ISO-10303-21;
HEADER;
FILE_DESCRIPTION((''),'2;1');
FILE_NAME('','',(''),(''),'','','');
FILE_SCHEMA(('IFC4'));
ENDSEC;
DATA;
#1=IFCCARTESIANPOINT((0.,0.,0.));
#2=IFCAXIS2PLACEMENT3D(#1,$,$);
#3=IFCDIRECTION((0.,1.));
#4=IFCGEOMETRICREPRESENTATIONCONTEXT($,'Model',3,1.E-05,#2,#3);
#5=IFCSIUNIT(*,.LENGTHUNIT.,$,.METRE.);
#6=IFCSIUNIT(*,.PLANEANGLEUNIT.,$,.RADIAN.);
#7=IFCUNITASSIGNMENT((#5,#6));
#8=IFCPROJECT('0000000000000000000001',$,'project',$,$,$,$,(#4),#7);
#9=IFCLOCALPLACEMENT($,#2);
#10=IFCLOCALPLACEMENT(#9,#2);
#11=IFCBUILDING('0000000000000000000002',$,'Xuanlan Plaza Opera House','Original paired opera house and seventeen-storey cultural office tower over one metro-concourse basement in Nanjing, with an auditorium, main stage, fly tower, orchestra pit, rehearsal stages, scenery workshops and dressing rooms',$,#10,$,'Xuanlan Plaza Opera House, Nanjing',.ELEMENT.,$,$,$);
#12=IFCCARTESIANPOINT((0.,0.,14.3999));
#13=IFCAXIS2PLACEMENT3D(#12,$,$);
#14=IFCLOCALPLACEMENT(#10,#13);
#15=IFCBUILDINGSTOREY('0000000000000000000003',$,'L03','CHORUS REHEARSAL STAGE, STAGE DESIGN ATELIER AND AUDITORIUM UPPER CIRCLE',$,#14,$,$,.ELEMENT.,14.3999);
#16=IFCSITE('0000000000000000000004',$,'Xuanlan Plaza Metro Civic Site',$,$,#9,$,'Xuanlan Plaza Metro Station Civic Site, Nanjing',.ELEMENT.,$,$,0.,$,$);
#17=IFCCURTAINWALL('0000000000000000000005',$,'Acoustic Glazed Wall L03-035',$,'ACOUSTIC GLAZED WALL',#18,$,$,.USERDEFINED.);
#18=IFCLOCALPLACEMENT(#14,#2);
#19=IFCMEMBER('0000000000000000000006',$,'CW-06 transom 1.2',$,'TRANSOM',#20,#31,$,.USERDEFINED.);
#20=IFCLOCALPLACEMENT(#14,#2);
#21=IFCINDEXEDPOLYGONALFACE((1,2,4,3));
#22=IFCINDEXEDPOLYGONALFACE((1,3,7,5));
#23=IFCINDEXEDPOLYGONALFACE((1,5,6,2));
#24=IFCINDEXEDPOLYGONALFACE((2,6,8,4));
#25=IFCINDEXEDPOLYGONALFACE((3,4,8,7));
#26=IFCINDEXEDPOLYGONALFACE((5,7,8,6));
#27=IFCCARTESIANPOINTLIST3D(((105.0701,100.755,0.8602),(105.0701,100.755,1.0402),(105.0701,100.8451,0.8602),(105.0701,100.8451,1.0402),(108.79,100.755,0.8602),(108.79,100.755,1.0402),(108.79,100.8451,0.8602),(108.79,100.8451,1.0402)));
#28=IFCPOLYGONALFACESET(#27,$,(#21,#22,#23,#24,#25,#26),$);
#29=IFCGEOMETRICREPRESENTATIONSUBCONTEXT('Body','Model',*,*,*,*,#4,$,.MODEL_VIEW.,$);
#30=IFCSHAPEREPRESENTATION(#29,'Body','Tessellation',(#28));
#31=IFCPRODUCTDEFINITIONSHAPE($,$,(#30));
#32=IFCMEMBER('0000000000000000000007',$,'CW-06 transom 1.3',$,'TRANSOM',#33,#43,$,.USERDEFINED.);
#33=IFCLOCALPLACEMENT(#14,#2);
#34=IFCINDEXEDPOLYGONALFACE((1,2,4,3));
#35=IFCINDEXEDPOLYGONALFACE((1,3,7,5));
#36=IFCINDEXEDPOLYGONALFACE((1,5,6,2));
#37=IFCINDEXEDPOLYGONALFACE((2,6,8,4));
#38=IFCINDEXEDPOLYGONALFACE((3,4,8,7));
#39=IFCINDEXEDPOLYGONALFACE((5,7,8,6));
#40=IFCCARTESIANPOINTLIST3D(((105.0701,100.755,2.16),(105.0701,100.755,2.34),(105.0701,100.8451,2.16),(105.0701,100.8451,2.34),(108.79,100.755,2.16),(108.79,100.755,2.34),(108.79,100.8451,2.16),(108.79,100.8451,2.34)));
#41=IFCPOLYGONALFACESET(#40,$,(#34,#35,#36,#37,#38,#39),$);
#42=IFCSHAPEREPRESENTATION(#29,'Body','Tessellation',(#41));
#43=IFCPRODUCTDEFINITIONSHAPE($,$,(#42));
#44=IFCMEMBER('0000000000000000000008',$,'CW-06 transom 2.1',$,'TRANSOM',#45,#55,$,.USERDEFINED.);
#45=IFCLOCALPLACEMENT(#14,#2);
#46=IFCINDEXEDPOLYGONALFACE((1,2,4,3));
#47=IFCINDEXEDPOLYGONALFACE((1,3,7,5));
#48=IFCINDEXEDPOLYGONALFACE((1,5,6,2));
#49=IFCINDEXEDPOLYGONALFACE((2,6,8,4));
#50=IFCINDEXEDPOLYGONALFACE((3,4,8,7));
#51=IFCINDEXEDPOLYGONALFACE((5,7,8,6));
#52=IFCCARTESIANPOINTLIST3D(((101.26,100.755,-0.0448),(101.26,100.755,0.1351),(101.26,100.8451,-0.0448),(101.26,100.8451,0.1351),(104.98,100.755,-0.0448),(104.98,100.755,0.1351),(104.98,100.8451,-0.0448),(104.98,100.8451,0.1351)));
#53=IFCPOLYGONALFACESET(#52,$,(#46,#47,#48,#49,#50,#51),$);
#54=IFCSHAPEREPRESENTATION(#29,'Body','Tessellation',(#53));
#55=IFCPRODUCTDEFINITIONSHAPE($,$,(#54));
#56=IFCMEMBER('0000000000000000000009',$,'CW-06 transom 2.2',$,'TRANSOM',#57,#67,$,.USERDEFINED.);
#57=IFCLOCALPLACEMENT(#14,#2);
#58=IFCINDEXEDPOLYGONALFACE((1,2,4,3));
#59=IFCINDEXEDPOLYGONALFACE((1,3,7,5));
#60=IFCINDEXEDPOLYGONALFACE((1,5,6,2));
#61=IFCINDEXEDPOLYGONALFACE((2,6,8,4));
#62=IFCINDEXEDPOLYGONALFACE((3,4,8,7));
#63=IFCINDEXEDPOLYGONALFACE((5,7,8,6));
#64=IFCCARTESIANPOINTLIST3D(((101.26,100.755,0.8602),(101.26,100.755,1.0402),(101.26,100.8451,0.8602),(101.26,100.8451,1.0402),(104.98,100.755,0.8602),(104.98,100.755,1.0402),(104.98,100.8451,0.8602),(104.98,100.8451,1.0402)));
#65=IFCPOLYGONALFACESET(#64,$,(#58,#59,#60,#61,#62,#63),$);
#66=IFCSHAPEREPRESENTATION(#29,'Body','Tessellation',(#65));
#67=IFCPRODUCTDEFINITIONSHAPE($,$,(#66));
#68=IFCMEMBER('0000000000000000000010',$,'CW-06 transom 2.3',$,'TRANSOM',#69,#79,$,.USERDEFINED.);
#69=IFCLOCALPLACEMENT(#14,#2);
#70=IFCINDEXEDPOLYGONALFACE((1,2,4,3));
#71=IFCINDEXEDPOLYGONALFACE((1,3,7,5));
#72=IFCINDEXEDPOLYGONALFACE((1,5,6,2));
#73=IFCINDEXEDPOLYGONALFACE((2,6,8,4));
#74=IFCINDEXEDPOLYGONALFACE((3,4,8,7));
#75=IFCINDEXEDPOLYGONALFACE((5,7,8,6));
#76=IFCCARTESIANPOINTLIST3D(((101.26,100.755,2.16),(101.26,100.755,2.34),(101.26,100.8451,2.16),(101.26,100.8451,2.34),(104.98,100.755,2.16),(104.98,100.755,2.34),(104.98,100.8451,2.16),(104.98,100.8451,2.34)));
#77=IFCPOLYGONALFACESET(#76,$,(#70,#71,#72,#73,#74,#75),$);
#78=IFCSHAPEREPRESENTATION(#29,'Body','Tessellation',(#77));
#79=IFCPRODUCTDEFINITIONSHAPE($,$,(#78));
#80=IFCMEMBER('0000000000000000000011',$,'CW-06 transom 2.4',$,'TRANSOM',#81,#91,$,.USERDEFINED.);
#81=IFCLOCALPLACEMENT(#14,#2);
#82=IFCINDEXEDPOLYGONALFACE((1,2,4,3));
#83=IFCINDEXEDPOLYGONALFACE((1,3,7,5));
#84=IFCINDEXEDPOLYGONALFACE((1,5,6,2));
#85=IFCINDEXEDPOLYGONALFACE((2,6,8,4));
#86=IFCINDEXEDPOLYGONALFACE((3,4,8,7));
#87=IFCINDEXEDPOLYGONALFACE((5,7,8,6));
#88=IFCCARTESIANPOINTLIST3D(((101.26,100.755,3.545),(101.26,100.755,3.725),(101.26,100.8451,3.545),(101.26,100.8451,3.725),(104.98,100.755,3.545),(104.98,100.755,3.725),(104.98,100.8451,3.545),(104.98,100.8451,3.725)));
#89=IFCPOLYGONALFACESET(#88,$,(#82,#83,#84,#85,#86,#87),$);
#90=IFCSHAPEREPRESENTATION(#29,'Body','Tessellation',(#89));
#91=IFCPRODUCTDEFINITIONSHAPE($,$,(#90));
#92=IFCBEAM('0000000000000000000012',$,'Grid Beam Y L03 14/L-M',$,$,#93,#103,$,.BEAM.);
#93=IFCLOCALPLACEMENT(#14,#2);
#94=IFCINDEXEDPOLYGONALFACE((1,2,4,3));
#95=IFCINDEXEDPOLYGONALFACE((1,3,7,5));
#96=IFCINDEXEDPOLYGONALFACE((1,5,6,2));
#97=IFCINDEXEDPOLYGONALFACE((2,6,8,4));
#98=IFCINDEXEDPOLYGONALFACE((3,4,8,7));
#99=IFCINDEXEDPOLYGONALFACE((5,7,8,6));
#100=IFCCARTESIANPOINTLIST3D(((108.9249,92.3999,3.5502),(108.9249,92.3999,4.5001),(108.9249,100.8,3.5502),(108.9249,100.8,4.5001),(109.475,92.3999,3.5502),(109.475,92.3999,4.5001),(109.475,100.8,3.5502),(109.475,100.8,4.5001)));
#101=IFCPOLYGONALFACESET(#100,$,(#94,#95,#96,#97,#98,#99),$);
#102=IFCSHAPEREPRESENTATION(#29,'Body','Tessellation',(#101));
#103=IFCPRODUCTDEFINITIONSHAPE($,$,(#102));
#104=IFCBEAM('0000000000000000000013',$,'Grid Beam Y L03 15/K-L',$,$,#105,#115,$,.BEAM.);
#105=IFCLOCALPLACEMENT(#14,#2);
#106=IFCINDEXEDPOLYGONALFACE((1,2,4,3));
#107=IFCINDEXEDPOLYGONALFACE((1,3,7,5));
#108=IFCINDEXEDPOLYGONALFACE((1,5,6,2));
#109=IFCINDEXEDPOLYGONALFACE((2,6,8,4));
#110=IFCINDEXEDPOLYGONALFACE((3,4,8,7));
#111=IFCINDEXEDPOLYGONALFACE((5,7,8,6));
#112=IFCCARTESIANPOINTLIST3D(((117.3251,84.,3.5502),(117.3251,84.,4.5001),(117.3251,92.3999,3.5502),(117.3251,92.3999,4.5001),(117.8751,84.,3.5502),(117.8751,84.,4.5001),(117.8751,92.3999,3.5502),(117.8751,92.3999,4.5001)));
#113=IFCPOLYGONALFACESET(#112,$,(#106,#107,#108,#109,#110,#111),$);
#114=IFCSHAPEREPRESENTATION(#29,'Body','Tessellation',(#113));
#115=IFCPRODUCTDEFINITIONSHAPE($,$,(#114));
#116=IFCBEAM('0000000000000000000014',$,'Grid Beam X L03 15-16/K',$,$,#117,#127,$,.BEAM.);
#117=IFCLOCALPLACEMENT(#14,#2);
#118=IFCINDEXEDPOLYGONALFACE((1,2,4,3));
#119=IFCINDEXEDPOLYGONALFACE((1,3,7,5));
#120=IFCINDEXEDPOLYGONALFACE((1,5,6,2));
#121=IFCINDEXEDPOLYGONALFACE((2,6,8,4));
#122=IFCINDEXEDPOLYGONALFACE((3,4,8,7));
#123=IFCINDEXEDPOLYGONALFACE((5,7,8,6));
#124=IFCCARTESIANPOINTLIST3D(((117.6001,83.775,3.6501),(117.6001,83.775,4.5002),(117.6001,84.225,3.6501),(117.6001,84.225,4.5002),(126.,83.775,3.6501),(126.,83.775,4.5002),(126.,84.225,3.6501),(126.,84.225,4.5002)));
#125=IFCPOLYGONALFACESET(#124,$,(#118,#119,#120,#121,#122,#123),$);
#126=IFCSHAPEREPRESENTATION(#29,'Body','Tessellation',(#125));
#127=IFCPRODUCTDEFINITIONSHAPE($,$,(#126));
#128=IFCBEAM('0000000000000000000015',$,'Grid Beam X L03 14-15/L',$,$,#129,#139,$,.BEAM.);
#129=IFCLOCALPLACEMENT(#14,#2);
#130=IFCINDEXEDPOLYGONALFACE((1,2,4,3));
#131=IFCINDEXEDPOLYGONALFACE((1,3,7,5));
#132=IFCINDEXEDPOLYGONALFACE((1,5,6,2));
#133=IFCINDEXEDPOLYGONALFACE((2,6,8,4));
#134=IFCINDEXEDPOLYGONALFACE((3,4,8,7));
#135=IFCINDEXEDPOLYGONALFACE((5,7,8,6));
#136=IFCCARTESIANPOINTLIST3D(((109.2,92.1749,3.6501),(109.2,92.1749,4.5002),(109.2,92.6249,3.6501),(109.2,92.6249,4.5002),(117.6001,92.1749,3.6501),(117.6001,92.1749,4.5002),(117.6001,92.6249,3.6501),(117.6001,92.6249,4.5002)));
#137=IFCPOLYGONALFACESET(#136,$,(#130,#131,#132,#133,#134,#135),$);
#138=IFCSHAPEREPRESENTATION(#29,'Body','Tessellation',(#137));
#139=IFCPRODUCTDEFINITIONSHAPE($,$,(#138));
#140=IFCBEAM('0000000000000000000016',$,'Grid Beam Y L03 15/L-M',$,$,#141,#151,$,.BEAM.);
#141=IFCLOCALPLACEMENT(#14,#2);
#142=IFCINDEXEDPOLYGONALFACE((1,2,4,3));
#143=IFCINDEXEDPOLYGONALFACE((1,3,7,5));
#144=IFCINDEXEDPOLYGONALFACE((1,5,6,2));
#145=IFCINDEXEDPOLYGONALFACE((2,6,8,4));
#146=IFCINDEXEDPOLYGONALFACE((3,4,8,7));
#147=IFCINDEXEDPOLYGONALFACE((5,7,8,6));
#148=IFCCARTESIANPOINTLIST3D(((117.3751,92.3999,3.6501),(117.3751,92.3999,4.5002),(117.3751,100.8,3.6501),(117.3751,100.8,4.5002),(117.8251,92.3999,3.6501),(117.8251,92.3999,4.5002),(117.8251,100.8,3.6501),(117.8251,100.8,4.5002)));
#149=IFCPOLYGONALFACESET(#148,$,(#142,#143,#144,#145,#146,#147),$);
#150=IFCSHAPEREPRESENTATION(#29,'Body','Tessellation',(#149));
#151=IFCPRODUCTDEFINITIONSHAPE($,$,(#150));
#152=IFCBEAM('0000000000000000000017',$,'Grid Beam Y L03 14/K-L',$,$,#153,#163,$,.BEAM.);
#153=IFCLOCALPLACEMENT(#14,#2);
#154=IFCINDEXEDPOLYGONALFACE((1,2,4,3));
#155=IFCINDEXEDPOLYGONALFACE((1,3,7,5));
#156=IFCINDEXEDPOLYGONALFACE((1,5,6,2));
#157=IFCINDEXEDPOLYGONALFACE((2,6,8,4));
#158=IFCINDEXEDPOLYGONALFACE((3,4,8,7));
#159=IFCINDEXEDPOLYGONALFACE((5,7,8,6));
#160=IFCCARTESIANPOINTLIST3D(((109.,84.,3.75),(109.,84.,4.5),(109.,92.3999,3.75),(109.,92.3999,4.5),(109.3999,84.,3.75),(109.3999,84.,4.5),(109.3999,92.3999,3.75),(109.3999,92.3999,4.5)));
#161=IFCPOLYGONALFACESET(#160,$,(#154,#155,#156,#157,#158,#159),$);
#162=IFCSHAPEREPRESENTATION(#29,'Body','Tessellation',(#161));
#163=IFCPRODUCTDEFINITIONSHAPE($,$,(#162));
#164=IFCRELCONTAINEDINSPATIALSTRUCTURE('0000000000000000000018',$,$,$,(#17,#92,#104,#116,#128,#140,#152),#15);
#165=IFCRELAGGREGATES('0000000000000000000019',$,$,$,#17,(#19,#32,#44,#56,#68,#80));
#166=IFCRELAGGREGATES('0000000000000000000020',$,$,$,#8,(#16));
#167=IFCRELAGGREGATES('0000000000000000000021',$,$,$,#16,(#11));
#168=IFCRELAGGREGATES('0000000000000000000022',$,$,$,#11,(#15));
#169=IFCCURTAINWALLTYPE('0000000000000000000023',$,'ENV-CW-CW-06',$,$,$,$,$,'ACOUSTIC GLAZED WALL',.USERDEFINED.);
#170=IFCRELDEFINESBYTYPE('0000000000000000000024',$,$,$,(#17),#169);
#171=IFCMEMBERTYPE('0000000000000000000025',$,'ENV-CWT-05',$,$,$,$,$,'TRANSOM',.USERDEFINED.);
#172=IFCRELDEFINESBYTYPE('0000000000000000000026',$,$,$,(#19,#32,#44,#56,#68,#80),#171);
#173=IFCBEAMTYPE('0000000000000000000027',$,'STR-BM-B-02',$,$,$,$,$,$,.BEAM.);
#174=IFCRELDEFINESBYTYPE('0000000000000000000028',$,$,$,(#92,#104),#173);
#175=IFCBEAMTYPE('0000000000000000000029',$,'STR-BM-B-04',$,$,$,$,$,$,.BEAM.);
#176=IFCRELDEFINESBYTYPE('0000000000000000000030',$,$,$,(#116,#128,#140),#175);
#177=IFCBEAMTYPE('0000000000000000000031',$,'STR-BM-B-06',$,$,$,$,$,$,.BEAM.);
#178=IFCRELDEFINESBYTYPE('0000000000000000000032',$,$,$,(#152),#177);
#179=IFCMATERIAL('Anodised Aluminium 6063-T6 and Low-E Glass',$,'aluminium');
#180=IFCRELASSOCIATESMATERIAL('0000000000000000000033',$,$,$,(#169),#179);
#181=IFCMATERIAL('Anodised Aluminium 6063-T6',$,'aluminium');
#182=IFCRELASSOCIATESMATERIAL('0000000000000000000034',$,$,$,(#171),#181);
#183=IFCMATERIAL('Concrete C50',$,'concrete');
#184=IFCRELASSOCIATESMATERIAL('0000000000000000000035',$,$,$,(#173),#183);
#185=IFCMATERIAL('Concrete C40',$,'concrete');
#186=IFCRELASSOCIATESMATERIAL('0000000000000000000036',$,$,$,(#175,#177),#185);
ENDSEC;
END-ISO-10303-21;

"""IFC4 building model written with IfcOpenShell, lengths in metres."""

from ifc_helpers import new_model, si_unit, direction, frame, origin, origin_2d, place, context, subcontext, project, spatial, rectangle, extrude, material, material_profile, profile_set, type_object, element, aggregate, save


model = new_model("IFC4")

# Units and contexts
model_context = context("Model", 3, precision=1e-05, world=origin(), true_north=direction((0.0, 1.0)))
body_context = subcontext(model_context, "Body", "Model", "MODEL_VIEW")
ifc_project = project(units=[si_unit("LENGTHUNIT", "METRE"), si_unit("PLANEANGLEUNIT", "RADIAN")], contexts=[model_context])

# Site, building, storey
site_placement = place(None, origin())
site = spatial("IfcSite", under=ifc_project, at=site_placement, Name="Xuanlan Plaza Metro Civic Site", LongName="Xuanlan Plaza Metro Station Civic Site, Nanjing", CompositionType="ELEMENT", RefElevation=0.0)
building_placement = place(site_placement, origin())
building = spatial("IfcBuilding", under=site, at=building_placement, Name="Xuanlan Plaza Opera House", Description="Original paired opera house and seventeen-storey cultural office tower over one metro-concourse basement in Nanjing, with an auditorium, main stage, fly tower, orchestra pit, rehearsal stages, scenery workshops and dressing rooms", LongName="Xuanlan Plaza Opera House, Nanjing", CompositionType="ELEMENT")
storey_placement = place(building_placement, frame((0.0, 0.0, 14.3999)))
storey = spatial("IfcBuildingStorey", under=building, at=storey_placement, Name="L03", Description="CHORUS REHEARSAL STAGE, STAGE DESIGN ATELIER AND AUDITORIUM UPPER CIRCLE", CompositionType="ELEMENT", Elevation=14.3999)

# Shared definitions
ifc_material_1 = material(Name="Concrete C40", Category="concrete")

# Curtain wall, members
ifc_material_2 = material(Name="Anodised Aluminium 6063-T6 and Low-E Glass", Category="aluminium")
curtain_wall_type = type_object("IfcCurtainWallType", Name="ENV-CW-CW-06", ElementType="ACOUSTIC GLAZED WALL", PredefinedType="USERDEFINED", material=ifc_material_2)
curtain_wall_placement = place(storey_placement, origin())
curtain_wall = element("IfcCurtainWall", 1, at=curtain_wall_placement, inside=storey, type_object=curtain_wall_type, Name="Acoustic Glazed Wall L03-035", ObjectType="ACOUSTIC GLAZED WALL", PredefinedType="USERDEFINED")
ifc_material_3 = material(Name="Anodised Aluminium 6063-T6", Category="aluminium")
ifc_material_profile_1 = material_profile(ifc_material_3, rectangle(XDim=0.0901, YDim=0.1799, at=origin_2d()), Name="ALU-T 90x180")
ifc_profile_set_1 = profile_set([ifc_material_profile_1], Name="Anodised Aluminium 6063-T6")
member_type_1 = type_object("IfcMemberType", Name="ENV-CWT-05", ElementType="TRANSOM", PredefinedType="USERDEFINED", material=ifc_profile_set_1)
member_1_placement = place(storey_placement, frame((108.79, 100.8, 0.9502), z_axis=(-1.0, 0.0, 0.0), x_axis=(0.0, -1.0, 0.0)))
member_1 = element("IfcMember", 2, at=member_1_placement, type_object=member_type_1, Name="CW-06 transom 1.2", ObjectType="TRANSOM", PredefinedType="USERDEFINED", context=body_context, shape_type="SweptSolid", body=[
    extrude(rectangle(XDim=0.0901, YDim=0.1799, at=origin_2d()), origin(), (0.0, 0.0, 1.0), 3.72),
])
member_2_placement = place(storey_placement, frame((108.79, 100.8, 2.25), z_axis=(-1.0, 0.0, 0.0), x_axis=(0.0, -1.0, 0.0)))
member_2 = element("IfcMember", 3, at=member_2_placement, type_object=member_type_1, Name="CW-06 transom 1.3", ObjectType="TRANSOM", PredefinedType="USERDEFINED", context=body_context, shape_type="SweptSolid", body=[
    extrude(rectangle(XDim=0.0901, YDim=0.1799, at=origin_2d()), origin(), (0.0, 0.0, 1.0), 3.72),
])
member_3_placement = place(storey_placement, frame((104.98, 100.8, 0.0452), z_axis=(-1.0, 0.0, 0.0), x_axis=(0.0, -1.0, 0.0)))
member_3 = element("IfcMember", 4, at=member_3_placement, type_object=member_type_1, Name="CW-06 transom 2.1", ObjectType="TRANSOM", PredefinedType="USERDEFINED", context=body_context, shape_type="SweptSolid", body=[
    extrude(rectangle(XDim=0.0901, YDim=0.1799, at=origin_2d()), origin(), (0.0, 0.0, 1.0), 3.72),
])
member_4_placement = place(storey_placement, frame((104.98, 100.8, 0.9502), z_axis=(-1.0, 0.0, 0.0), x_axis=(0.0, -1.0, 0.0)))
member_4 = element("IfcMember", 5, at=member_4_placement, type_object=member_type_1, Name="CW-06 transom 2.2", ObjectType="TRANSOM", PredefinedType="USERDEFINED", context=body_context, shape_type="SweptSolid", body=[
    extrude(rectangle(XDim=0.0901, YDim=0.1799, at=origin_2d()), origin(), (0.0, 0.0, 1.0), 3.72),
])
member_5_placement = place(storey_placement, frame((104.98, 100.8, 2.25), z_axis=(-1.0, 0.0, 0.0), x_axis=(0.0, -1.0, 0.0)))
member_5 = element("IfcMember", 6, at=member_5_placement, type_object=member_type_1, Name="CW-06 transom 2.3", ObjectType="TRANSOM", PredefinedType="USERDEFINED", context=body_context, shape_type="SweptSolid", body=[
    extrude(rectangle(XDim=0.0901, YDim=0.1799, at=origin_2d()), origin(), (0.0, 0.0, 1.0), 3.72),
])
member_6_placement = place(storey_placement, frame((104.98, 100.8, 3.635), z_axis=(-1.0, 0.0, 0.0), x_axis=(0.0, -1.0, 0.0)))
member_6 = element("IfcMember", 7, at=member_6_placement, type_object=member_type_1, Name="CW-06 transom 2.4", ObjectType="TRANSOM", PredefinedType="USERDEFINED", context=body_context, shape_type="SweptSolid", body=[
    extrude(rectangle(XDim=0.0901, YDim=0.1799, at=origin_2d()), origin(), (0.0, 0.0, 1.0), 3.72),
])

# Beams
ifc_material_4 = material(Name="Concrete C50", Category="concrete")
ifc_material_profile_2 = material_profile(ifc_material_4, rectangle(XDim=0.55, YDim=0.95, at=origin_2d()), Name="RC-BM 550x950")
ifc_profile_set_2 = profile_set([ifc_material_profile_2], Name="Concrete C50")
beam_type_1 = type_object("IfcBeamType", Name="STR-BM-B-02", PredefinedType="BEAM", material=ifc_profile_set_2)
beam_1_placement = place(storey_placement, frame((109.2, 92.3999, 4.0251), z_axis=(0.0, 1.0, 0.0), x_axis=(-1.0, 0.0, 0.0)))
element("IfcBeam", 8, at=beam_1_placement, inside=storey, type_object=beam_type_1, Name="Grid Beam Y L03 14/L-M", PredefinedType="BEAM", context=body_context, shape_type="SweptSolid", body=[
    extrude(rectangle(XDim=0.55, YDim=0.95, at=origin_2d()), origin(), (0.0, 0.0, 1.0), 8.4001),
])
beam_2_placement = place(storey_placement, frame((117.6001, 84.0, 4.0251), z_axis=(0.0, 1.0, 0.0), x_axis=(-1.0, 0.0, 0.0)))
element("IfcBeam", 9, at=beam_2_placement, inside=storey, type_object=beam_type_1, Name="Grid Beam Y L03 15/K-L", PredefinedType="BEAM", context=body_context, shape_type="SweptSolid", body=[
    extrude(rectangle(XDim=0.55, YDim=0.95, at=origin_2d()), origin(), (0.0, 0.0, 1.0), 8.3999),
])
ifc_material_profile_3 = material_profile(ifc_material_1, rectangle(XDim=0.45, YDim=0.8501, at=origin_2d()), Name="RC-BM 450x850")
ifc_profile_set_3 = profile_set([ifc_material_profile_3], Name="Concrete C40")
beam_type_2 = type_object("IfcBeamType", Name="STR-BM-B-04", PredefinedType="BEAM", material=ifc_profile_set_3)
beam_3_placement = place(storey_placement, frame((117.6001, 84.0, 4.0752), z_axis=(1.0, 0.0, 0.0), x_axis=(0.0, 1.0, 0.0)))
element("IfcBeam", 10, at=beam_3_placement, inside=storey, type_object=beam_type_2, Name="Grid Beam X L03 15-16/K", PredefinedType="BEAM", context=body_context, shape_type="SweptSolid", body=[
    extrude(rectangle(XDim=0.45, YDim=0.8501, at=origin_2d()), origin(), (0.0, 0.0, 1.0), 8.3999),
])
for number, where, z_axis, x_axis, name in (
    (11, (109.2, 92.3999, 4.0752), (1.0, 0.0, 0.0), (0.0, 1.0, 0.0), "Grid Beam X L03 14-15/L"),
    (12, (117.6001, 92.3999, 4.0752), (0.0, 1.0, 0.0), (-1.0, 0.0, 0.0), "Grid Beam Y L03 15/L-M"),
):
    element("IfcBeam", number, at=place(storey_placement, frame(where, z_axis=z_axis, x_axis=x_axis)), inside=storey, type_object=beam_type_2, Name=name, PredefinedType="BEAM", context=body_context, shape_type="SweptSolid", body=[
        extrude(rectangle(XDim=0.45, YDim=0.8501, at=origin_2d()), origin(), (0.0, 0.0, 1.0), 8.4001),
    ])
ifc_material_profile_4 = material_profile(ifc_material_1, rectangle(XDim=0.3999, YDim=0.75, at=origin_2d()), Name="RC-BM 400x750")
ifc_profile_set_4 = profile_set([ifc_material_profile_4], Name="Concrete C40")
beam_type_3 = type_object("IfcBeamType", Name="STR-BM-B-06", PredefinedType="BEAM", material=ifc_profile_set_4)
beam_4_placement = place(storey_placement, frame((109.2, 84.0, 4.125), z_axis=(0.0, 1.0, 0.0), x_axis=(-1.0, 0.0, 0.0)))
element("IfcBeam", 13, at=beam_4_placement, inside=storey, type_object=beam_type_3, Name="Grid Beam Y L03 14/K-L", PredefinedType="BEAM", context=body_context, shape_type="SweptSolid", body=[
    extrude(rectangle(XDim=0.3999, YDim=0.75, at=origin_2d()), origin(), (0.0, 0.0, 1.0), 8.3999),
])

aggregate(curtain_wall, [member_1, member_2, member_3, member_4, member_5, member_6])

save(model, "model.ifc")
